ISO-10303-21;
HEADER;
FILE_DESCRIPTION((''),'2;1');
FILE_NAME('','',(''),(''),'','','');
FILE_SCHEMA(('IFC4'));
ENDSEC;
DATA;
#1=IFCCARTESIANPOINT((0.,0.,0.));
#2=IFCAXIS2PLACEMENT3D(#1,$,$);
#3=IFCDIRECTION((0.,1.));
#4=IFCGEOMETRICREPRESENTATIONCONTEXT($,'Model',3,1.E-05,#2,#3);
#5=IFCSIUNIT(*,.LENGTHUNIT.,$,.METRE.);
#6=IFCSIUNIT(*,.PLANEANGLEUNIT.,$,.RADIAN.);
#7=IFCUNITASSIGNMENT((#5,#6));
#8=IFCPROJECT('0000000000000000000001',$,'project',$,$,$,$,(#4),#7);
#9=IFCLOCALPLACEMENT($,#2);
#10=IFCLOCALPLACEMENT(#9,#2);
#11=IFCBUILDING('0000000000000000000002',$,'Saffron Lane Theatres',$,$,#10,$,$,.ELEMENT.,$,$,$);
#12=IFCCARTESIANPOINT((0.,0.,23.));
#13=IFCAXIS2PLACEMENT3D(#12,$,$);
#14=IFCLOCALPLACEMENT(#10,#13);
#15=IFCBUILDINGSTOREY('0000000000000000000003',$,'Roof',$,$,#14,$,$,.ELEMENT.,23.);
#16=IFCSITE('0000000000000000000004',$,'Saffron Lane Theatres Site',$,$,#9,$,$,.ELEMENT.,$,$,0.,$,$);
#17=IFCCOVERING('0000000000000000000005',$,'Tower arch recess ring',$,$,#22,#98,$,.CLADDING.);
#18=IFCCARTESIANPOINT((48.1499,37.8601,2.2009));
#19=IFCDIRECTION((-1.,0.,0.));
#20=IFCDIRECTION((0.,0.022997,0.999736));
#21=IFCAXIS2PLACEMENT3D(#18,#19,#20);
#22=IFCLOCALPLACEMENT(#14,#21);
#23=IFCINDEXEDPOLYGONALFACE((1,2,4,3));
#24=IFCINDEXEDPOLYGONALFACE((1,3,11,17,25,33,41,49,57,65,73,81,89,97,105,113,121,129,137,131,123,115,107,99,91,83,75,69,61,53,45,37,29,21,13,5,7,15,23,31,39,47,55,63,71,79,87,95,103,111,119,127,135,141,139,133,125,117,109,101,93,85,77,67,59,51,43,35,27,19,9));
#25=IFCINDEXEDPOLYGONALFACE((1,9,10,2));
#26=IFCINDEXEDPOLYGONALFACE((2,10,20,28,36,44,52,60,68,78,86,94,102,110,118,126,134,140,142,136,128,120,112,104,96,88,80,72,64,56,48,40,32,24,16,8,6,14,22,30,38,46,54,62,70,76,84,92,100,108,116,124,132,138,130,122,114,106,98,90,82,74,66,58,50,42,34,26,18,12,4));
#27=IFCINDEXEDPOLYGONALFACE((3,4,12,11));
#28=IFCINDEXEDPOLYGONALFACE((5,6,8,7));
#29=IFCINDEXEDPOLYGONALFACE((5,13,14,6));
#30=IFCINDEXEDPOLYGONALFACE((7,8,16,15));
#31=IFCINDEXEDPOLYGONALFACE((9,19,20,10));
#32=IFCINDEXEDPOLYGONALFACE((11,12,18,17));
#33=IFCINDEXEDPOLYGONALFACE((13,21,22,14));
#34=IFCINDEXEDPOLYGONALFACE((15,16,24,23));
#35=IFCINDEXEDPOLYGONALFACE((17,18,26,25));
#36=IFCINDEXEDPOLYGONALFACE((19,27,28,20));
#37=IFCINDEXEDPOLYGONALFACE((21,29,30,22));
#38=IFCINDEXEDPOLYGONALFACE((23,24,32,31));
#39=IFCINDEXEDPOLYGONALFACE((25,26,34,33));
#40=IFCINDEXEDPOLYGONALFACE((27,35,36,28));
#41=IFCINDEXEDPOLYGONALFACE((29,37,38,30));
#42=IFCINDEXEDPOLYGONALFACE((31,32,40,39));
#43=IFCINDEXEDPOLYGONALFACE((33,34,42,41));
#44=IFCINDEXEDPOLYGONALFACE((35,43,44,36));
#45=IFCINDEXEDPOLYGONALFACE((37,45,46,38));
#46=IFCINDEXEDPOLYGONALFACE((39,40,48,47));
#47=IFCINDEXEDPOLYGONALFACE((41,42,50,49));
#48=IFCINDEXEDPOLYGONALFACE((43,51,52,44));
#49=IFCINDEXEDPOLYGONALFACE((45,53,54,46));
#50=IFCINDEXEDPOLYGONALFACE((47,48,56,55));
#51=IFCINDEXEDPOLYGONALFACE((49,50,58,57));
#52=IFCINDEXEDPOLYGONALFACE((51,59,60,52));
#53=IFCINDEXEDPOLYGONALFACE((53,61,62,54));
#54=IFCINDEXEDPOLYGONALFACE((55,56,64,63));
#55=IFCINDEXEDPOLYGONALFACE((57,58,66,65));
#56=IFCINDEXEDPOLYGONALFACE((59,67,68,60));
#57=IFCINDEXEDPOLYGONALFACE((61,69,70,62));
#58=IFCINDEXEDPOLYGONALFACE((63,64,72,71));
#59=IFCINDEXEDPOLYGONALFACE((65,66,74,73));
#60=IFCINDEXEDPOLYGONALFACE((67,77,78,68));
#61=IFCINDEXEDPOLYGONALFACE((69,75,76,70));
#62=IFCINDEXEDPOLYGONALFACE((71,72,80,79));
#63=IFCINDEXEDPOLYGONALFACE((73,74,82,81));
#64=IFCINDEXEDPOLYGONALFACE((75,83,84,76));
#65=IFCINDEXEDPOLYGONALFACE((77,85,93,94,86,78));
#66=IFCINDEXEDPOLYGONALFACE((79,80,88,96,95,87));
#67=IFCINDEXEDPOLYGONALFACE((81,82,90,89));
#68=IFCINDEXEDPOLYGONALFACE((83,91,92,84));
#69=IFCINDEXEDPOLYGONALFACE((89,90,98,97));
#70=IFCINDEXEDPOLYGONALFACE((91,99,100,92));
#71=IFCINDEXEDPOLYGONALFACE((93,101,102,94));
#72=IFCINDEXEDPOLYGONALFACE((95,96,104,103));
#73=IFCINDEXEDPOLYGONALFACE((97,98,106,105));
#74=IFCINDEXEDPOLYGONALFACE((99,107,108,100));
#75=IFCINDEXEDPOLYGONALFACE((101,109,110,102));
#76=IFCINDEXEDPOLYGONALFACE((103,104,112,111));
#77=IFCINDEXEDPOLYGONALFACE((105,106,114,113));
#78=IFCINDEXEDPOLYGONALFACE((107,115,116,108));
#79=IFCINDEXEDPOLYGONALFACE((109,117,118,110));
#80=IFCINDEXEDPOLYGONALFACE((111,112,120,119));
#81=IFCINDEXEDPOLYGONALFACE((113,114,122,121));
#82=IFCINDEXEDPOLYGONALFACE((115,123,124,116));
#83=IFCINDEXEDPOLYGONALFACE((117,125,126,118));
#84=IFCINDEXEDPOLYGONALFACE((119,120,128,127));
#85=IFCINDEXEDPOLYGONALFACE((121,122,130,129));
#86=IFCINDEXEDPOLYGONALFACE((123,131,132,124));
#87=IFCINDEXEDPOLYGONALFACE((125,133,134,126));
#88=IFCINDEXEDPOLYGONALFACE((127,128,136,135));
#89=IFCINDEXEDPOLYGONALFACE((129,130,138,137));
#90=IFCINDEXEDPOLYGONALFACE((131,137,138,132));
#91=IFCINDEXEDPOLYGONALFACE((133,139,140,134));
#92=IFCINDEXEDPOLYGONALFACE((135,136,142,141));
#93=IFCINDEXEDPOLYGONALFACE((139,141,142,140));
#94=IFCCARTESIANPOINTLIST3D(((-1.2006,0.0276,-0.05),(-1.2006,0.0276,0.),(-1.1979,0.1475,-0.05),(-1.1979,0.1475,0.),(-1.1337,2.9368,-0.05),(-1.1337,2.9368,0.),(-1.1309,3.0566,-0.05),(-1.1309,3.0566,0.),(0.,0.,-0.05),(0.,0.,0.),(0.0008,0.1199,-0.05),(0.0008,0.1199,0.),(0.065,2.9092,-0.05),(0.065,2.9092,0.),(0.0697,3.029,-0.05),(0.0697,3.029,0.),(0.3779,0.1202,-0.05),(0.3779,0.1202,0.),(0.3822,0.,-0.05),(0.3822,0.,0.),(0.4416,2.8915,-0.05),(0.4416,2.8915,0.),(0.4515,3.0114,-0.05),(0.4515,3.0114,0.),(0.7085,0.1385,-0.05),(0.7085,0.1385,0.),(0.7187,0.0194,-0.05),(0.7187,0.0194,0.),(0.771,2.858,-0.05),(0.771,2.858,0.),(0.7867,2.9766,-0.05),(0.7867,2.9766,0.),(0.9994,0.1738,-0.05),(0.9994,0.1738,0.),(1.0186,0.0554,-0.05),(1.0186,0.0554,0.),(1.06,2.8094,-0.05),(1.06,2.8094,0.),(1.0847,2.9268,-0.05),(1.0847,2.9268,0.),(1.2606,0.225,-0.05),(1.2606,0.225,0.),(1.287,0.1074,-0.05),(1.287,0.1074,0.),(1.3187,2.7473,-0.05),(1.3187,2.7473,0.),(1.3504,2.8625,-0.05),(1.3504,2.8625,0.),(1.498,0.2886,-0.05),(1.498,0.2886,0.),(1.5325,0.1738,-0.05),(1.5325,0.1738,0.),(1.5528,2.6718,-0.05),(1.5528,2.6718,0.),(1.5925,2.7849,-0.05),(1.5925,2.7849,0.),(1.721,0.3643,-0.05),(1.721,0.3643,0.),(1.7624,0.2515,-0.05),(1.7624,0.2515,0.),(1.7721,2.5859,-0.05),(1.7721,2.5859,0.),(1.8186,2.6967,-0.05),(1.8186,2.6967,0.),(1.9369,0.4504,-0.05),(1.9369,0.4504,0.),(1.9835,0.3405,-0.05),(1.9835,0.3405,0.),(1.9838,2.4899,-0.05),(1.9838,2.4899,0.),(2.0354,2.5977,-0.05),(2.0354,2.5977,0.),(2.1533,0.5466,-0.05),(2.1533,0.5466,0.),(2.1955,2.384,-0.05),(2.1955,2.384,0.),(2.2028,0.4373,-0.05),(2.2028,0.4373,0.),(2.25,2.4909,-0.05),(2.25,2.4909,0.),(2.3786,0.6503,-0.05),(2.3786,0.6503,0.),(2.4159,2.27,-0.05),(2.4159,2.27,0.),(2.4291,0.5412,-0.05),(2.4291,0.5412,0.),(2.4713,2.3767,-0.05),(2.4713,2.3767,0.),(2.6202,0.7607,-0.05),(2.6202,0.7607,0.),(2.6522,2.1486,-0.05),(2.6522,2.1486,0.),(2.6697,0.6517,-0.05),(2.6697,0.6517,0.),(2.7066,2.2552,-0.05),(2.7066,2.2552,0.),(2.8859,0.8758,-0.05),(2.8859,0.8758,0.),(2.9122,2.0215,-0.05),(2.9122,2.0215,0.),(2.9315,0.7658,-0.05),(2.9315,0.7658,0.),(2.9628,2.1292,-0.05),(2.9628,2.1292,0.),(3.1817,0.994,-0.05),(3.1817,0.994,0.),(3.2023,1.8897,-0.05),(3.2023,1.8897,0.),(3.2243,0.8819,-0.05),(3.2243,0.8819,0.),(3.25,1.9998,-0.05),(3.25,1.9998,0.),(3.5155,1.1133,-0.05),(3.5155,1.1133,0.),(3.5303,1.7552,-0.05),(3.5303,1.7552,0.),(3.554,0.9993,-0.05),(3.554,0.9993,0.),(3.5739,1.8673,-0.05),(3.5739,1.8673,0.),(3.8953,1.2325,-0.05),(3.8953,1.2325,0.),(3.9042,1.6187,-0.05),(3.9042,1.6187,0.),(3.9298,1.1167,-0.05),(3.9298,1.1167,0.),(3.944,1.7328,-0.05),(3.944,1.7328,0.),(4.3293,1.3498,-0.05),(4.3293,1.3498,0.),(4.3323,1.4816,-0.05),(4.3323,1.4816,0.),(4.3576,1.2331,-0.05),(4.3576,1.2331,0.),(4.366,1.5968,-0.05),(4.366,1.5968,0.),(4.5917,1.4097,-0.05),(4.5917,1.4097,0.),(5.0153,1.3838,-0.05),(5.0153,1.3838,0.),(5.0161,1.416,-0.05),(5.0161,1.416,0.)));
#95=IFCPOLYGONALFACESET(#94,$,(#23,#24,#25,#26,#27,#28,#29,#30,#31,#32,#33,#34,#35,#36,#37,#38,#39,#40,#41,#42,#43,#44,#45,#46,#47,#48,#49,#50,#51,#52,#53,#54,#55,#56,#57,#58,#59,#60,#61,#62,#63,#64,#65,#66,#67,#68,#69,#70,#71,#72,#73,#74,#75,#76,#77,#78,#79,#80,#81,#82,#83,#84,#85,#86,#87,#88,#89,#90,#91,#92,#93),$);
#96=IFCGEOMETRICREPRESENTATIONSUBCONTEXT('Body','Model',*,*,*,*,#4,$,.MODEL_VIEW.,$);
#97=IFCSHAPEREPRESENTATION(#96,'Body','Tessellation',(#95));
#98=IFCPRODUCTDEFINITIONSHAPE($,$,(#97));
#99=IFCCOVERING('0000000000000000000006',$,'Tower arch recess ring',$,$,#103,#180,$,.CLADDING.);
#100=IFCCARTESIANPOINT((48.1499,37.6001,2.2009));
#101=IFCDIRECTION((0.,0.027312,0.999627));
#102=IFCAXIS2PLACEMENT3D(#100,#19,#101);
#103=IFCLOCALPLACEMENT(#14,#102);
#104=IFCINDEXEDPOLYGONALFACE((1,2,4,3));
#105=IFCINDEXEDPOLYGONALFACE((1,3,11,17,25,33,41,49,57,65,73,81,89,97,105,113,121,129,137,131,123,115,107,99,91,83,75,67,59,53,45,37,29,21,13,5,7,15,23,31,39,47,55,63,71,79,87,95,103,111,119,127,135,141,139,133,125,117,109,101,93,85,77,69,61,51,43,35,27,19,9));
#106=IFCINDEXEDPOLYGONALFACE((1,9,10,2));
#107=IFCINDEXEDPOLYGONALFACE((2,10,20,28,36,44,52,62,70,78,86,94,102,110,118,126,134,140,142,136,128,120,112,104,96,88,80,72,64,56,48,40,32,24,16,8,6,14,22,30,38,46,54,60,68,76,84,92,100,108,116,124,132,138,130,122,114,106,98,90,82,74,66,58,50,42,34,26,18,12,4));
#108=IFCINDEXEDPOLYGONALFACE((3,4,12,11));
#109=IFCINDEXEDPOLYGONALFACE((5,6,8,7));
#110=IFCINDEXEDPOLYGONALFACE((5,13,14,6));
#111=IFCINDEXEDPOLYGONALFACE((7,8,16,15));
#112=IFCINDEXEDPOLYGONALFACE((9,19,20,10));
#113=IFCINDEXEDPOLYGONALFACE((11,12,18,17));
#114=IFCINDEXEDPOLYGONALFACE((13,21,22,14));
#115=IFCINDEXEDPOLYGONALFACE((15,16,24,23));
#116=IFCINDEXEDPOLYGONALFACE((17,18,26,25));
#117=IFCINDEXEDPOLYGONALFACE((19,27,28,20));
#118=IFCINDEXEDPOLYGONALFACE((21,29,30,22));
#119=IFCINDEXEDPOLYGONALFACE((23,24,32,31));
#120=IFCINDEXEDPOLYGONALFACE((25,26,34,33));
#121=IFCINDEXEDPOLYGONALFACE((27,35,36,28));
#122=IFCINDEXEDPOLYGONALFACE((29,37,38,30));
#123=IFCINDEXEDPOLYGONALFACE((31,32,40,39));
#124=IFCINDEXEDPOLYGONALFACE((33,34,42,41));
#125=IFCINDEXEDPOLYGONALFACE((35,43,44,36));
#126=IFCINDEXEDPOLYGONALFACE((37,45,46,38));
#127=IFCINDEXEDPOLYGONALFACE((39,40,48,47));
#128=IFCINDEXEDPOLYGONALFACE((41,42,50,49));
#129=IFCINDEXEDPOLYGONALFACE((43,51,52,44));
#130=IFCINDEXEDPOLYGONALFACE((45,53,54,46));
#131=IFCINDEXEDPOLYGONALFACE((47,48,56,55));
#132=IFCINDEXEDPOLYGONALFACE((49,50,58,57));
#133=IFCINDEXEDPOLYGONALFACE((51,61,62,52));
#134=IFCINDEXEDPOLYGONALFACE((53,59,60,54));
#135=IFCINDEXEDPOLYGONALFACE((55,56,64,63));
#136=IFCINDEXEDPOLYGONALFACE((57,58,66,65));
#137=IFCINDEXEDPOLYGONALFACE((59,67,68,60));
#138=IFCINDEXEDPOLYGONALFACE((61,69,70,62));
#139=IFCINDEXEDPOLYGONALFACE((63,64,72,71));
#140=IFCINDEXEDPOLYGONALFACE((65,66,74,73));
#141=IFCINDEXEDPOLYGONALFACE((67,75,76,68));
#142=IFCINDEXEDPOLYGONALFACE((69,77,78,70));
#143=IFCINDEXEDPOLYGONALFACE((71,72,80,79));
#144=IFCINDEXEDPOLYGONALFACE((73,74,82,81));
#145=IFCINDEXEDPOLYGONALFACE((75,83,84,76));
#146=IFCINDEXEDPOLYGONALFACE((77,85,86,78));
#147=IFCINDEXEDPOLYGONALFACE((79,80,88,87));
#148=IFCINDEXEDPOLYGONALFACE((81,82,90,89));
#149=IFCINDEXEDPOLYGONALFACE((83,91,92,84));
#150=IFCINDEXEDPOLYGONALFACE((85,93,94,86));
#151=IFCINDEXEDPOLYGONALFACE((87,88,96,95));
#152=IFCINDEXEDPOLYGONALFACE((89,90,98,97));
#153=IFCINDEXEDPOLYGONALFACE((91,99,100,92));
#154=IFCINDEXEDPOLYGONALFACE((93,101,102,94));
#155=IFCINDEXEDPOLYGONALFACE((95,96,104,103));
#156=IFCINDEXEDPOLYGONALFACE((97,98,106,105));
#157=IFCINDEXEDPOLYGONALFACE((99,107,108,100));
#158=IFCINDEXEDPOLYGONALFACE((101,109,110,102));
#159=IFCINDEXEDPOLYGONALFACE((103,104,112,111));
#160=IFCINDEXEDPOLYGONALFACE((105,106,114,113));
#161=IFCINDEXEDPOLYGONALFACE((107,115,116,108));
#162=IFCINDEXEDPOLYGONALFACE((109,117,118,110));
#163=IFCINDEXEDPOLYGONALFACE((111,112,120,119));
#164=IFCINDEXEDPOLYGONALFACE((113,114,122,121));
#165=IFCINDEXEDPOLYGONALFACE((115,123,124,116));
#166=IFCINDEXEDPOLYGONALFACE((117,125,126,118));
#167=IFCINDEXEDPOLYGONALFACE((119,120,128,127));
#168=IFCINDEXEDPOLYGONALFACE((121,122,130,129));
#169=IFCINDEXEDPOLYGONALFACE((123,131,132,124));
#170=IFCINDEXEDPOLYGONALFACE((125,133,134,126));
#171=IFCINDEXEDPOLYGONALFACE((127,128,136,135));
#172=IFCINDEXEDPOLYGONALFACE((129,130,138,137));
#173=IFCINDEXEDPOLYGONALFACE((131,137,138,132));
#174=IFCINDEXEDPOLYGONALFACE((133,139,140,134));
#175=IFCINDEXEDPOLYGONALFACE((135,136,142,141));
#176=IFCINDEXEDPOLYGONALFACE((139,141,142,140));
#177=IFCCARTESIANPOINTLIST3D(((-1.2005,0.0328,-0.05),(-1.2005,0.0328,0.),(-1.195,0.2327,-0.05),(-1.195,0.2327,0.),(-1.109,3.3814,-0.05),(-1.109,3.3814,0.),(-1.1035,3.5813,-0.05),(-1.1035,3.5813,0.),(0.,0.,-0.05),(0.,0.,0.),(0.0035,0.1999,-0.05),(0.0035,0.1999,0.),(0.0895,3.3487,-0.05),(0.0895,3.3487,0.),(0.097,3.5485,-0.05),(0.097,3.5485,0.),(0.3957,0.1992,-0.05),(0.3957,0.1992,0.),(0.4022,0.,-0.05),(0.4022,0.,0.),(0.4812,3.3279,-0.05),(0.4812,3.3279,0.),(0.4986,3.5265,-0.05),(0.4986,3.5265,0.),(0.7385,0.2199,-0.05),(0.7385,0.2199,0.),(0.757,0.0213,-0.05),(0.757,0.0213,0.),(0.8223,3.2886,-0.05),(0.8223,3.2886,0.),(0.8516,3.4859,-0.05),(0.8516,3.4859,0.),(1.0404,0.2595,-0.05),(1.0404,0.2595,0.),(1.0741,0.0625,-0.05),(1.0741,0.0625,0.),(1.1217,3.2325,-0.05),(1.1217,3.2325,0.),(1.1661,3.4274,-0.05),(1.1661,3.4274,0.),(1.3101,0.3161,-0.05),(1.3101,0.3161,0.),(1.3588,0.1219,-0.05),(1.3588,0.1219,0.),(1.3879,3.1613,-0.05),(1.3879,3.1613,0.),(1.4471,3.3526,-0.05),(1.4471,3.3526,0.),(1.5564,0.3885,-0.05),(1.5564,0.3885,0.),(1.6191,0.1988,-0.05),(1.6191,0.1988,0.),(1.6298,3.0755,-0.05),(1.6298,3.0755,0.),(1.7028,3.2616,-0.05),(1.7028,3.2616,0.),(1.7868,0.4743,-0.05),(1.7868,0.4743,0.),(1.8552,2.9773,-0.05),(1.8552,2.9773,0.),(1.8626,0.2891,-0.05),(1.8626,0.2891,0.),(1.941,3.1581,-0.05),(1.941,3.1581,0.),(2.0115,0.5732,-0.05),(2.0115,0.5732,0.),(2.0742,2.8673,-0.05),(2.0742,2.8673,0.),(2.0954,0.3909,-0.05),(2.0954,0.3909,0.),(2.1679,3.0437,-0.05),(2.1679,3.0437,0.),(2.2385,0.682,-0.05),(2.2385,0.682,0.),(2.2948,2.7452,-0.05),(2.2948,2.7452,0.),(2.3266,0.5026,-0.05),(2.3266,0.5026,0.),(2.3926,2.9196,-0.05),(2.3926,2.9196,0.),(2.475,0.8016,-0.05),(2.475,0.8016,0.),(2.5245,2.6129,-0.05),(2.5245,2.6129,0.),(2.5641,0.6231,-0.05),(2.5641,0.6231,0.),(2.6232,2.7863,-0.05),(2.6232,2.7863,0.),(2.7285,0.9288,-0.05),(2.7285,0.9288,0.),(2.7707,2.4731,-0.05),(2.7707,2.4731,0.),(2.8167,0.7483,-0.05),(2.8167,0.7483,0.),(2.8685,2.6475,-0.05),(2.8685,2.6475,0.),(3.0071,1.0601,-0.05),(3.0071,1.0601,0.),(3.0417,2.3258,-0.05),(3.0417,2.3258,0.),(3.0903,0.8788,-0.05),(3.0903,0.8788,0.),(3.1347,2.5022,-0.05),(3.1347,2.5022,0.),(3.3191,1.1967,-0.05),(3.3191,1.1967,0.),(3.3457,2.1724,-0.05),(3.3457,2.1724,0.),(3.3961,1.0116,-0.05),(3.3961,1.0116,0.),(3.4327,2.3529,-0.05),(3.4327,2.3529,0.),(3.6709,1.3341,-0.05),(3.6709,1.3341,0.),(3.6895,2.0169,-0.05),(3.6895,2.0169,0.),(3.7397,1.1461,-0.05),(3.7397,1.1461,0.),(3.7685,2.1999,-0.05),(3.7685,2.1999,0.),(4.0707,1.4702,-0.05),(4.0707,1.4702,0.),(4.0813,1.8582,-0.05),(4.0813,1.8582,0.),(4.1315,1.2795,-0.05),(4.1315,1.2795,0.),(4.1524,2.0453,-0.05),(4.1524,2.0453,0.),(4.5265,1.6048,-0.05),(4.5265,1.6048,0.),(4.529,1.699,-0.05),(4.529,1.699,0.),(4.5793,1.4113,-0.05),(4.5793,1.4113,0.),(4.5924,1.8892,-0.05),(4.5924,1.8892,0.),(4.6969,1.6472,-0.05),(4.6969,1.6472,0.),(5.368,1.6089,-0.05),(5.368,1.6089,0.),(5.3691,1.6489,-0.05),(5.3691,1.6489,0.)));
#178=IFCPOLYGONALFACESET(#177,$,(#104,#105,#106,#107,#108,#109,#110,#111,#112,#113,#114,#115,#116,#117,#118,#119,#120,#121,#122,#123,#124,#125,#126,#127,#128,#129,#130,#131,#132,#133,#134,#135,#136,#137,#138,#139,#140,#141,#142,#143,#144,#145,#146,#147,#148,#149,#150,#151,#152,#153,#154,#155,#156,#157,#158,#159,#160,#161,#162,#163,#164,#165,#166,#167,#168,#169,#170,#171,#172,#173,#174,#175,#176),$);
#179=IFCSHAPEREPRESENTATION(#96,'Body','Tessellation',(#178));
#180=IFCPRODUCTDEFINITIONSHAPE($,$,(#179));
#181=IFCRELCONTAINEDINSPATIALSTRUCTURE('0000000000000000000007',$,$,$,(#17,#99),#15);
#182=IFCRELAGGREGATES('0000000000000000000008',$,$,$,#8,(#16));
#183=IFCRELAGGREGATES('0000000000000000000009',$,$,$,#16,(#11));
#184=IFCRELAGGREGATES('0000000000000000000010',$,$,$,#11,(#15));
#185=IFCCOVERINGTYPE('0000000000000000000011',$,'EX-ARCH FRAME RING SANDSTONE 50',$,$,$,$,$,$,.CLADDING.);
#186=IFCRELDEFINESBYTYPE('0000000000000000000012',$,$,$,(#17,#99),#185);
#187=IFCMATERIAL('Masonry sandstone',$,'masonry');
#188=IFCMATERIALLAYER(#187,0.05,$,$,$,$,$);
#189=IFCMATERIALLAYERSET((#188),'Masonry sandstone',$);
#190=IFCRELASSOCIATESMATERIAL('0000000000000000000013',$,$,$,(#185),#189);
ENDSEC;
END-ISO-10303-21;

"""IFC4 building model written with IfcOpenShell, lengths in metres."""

from ifc_helpers import new_model, si_unit, direction, frame, origin, place, context, subcontext, project, spatial, polyline, outline, extrude, material, layer, layer_set, type_object, element, save


model = new_model("IFC4")

# Units and contexts
model_context = context("Model", 3, precision=1e-05, world=origin(), true_north=direction((0.0, 1.0)))
body_context = subcontext(model_context, "Body", "Model", "MODEL_VIEW")
ifc_project = project(units=[si_unit("LENGTHUNIT", "METRE"), si_unit("PLANEANGLEUNIT", "RADIAN")], contexts=[model_context])

# Site, building, storey
site_placement = place(None, origin())
site = spatial("IfcSite", under=ifc_project, at=site_placement, Name="Saffron Lane Theatres Site", CompositionType="ELEMENT", RefElevation=0.0)
building_placement = place(site_placement, origin())
building = spatial("IfcBuilding", under=site, at=building_placement, Name="Saffron Lane Theatres", CompositionType="ELEMENT")
storey_placement = place(building_placement, frame((0.0, 0.0, 23.0)))
storey = spatial("IfcBuildingStorey", under=building, at=storey_placement, Name="Roof", CompositionType="ELEMENT", Elevation=23.0)

# Coverings
ifc_material_1 = material(Name="Masonry sandstone", Category="masonry")
ifc_layer_1 = layer(ifc_material_1, 0.05)
ifc_layer_set_1 = layer_set([ifc_layer_1], Name="Masonry sandstone")
covering_type_1 = type_object("IfcCoveringType", Name="EX-ARCH FRAME RING SANDSTONE 50", PredefinedType="CLADDING", material=ifc_layer_set_1)
covering_1_placement = place(storey_placement, frame((48.1499, 37.8601, 2.2009), z_axis=(-1.0, 0.0, 0.0), x_axis=(0.0, 0.022997, 0.999736)))
element("IfcCovering", 1, at=covering_1_placement, inside=storey, type_object=covering_type_1, Name="Tower arch recess ring", PredefinedType="CLADDING", context=body_context, shape_type="SweptSolid", body=[
    extrude(outline(polyline([(0.0, 0.0), (0.3822, 0.0), (0.7187, 0.0194), (1.0186, 0.0554), (1.287, 0.1074), (1.5325, 0.1738), (1.7624, 0.2515), (1.9835, 0.3405), (2.2028, 0.4373), (2.4291, 0.5412), (2.6697, 0.6517), (2.9315, 0.7658), (3.2243, 0.8819), (3.554, 0.9993), (3.9298, 1.1167), (4.3576, 1.2331), (5.0153, 1.3838), (5.0161, 1.416), (4.366, 1.5968), (3.944, 1.7328), (3.5739, 1.8673), (3.25, 1.9998), (2.9628, 2.1292), (2.7066, 2.2552), (2.4713, 2.3767), (2.25, 2.4909), (2.0354, 2.5977), (1.8186, 2.6967), (1.5925, 2.7849), (1.3504, 2.8625), (1.0847, 2.9268), (0.7867, 2.9766), (0.4515, 3.0114), (0.0697, 3.029), (-1.1309, 3.0566), (-1.1337, 2.9368), (0.065, 2.9092), (0.4416, 2.8915), (0.771, 2.858), (1.06, 2.8094), (1.3187, 2.7473), (1.5528, 2.6718), (1.7721, 2.5859), (1.9838, 2.4899), (2.1955, 2.384), (2.4159, 2.27), (2.6522, 2.1486), (2.9122, 2.0215), (3.2023, 1.8897), (3.5303, 1.7552), (3.9042, 1.6187), (4.3323, 1.4816), (4.5917, 1.4097), (4.3293, 1.3498), (3.8953, 1.2325), (3.5155, 1.1133), (3.1817, 0.994), (2.8859, 0.8758), (2.6202, 0.7607), (2.3786, 0.6503), (2.1533, 0.5466), (1.9369, 0.4504), (1.721, 0.3643), (1.498, 0.2886), (1.2606, 0.225), (0.9994, 0.1738), (0.7085, 0.1385), (0.3779, 0.1202), (0.0008, 0.1199), (-1.1979, 0.1475), (-1.2006, 0.0276), (0.0, 0.0)])), origin(), (0.0, 0.0, -1.0), 0.05),
])
covering_2_placement = place(storey_placement, frame((48.1499, 37.6001, 2.2009), z_axis=(-1.0, 0.0, 0.0), x_axis=(0.0, 0.027312, 0.999627)))
element("IfcCovering", 2, at=covering_2_placement, inside=storey, type_object=covering_type_1, Name="Tower arch recess ring", PredefinedType="CLADDING", context=body_context, shape_type="SweptSolid", body=[
    extrude(outline(polyline([(0.0, 0.0), (0.4022, 0.0), (0.757, 0.0213), (1.0741, 0.0625), (1.3588, 0.1219), (1.6191, 0.1988), (1.8626, 0.2891), (2.0954, 0.3909), (2.3266, 0.5026), (2.5641, 0.6231), (2.8167, 0.7483), (3.0903, 0.8788), (3.3961, 1.0116), (3.7397, 1.1461), (4.1315, 1.2795), (4.5793, 1.4113), (5.368, 1.6089), (5.3691, 1.6489), (4.5924, 1.8892), (4.1524, 2.0453), (3.7685, 2.1999), (3.4327, 2.3529), (3.1347, 2.5022), (2.8685, 2.6475), (2.6232, 2.7863), (2.3926, 2.9196), (2.1679, 3.0437), (1.941, 3.1581), (1.7028, 3.2616), (1.4471, 3.3526), (1.1661, 3.4274), (0.8516, 3.4859), (0.4986, 3.5265), (0.097, 3.5485), (-1.1035, 3.5813), (-1.109, 3.3814), (0.0895, 3.3487), (0.4812, 3.3279), (0.8223, 3.2886), (1.1217, 3.2325), (1.3879, 3.1613), (1.6298, 3.0755), (1.8552, 2.9773), (2.0742, 2.8673), (2.2948, 2.7452), (2.5245, 2.6129), (2.7707, 2.4731), (3.0417, 2.3258), (3.3457, 2.1724), (3.6895, 2.0169), (4.0813, 1.8582), (4.529, 1.699), (4.6969, 1.6472), (4.5265, 1.6048), (4.0707, 1.4702), (3.6709, 1.3341), (3.3191, 1.1967), (3.0071, 1.0601), (2.7285, 0.9288), (2.475, 0.8016), (2.2385, 0.682), (2.0115, 0.5732), (1.7868, 0.4743), (1.5564, 0.3885), (1.3101, 0.3161), (1.0404, 0.2595), (0.7385, 0.2199), (0.3957, 0.1992), (0.0035, 0.1999), (-1.195, 0.2327), (-1.2005, 0.0328), (0.0, 0.0)])), origin(), (0.0, 0.0, -1.0), 0.05),
])

save(model, "model.ifc")
